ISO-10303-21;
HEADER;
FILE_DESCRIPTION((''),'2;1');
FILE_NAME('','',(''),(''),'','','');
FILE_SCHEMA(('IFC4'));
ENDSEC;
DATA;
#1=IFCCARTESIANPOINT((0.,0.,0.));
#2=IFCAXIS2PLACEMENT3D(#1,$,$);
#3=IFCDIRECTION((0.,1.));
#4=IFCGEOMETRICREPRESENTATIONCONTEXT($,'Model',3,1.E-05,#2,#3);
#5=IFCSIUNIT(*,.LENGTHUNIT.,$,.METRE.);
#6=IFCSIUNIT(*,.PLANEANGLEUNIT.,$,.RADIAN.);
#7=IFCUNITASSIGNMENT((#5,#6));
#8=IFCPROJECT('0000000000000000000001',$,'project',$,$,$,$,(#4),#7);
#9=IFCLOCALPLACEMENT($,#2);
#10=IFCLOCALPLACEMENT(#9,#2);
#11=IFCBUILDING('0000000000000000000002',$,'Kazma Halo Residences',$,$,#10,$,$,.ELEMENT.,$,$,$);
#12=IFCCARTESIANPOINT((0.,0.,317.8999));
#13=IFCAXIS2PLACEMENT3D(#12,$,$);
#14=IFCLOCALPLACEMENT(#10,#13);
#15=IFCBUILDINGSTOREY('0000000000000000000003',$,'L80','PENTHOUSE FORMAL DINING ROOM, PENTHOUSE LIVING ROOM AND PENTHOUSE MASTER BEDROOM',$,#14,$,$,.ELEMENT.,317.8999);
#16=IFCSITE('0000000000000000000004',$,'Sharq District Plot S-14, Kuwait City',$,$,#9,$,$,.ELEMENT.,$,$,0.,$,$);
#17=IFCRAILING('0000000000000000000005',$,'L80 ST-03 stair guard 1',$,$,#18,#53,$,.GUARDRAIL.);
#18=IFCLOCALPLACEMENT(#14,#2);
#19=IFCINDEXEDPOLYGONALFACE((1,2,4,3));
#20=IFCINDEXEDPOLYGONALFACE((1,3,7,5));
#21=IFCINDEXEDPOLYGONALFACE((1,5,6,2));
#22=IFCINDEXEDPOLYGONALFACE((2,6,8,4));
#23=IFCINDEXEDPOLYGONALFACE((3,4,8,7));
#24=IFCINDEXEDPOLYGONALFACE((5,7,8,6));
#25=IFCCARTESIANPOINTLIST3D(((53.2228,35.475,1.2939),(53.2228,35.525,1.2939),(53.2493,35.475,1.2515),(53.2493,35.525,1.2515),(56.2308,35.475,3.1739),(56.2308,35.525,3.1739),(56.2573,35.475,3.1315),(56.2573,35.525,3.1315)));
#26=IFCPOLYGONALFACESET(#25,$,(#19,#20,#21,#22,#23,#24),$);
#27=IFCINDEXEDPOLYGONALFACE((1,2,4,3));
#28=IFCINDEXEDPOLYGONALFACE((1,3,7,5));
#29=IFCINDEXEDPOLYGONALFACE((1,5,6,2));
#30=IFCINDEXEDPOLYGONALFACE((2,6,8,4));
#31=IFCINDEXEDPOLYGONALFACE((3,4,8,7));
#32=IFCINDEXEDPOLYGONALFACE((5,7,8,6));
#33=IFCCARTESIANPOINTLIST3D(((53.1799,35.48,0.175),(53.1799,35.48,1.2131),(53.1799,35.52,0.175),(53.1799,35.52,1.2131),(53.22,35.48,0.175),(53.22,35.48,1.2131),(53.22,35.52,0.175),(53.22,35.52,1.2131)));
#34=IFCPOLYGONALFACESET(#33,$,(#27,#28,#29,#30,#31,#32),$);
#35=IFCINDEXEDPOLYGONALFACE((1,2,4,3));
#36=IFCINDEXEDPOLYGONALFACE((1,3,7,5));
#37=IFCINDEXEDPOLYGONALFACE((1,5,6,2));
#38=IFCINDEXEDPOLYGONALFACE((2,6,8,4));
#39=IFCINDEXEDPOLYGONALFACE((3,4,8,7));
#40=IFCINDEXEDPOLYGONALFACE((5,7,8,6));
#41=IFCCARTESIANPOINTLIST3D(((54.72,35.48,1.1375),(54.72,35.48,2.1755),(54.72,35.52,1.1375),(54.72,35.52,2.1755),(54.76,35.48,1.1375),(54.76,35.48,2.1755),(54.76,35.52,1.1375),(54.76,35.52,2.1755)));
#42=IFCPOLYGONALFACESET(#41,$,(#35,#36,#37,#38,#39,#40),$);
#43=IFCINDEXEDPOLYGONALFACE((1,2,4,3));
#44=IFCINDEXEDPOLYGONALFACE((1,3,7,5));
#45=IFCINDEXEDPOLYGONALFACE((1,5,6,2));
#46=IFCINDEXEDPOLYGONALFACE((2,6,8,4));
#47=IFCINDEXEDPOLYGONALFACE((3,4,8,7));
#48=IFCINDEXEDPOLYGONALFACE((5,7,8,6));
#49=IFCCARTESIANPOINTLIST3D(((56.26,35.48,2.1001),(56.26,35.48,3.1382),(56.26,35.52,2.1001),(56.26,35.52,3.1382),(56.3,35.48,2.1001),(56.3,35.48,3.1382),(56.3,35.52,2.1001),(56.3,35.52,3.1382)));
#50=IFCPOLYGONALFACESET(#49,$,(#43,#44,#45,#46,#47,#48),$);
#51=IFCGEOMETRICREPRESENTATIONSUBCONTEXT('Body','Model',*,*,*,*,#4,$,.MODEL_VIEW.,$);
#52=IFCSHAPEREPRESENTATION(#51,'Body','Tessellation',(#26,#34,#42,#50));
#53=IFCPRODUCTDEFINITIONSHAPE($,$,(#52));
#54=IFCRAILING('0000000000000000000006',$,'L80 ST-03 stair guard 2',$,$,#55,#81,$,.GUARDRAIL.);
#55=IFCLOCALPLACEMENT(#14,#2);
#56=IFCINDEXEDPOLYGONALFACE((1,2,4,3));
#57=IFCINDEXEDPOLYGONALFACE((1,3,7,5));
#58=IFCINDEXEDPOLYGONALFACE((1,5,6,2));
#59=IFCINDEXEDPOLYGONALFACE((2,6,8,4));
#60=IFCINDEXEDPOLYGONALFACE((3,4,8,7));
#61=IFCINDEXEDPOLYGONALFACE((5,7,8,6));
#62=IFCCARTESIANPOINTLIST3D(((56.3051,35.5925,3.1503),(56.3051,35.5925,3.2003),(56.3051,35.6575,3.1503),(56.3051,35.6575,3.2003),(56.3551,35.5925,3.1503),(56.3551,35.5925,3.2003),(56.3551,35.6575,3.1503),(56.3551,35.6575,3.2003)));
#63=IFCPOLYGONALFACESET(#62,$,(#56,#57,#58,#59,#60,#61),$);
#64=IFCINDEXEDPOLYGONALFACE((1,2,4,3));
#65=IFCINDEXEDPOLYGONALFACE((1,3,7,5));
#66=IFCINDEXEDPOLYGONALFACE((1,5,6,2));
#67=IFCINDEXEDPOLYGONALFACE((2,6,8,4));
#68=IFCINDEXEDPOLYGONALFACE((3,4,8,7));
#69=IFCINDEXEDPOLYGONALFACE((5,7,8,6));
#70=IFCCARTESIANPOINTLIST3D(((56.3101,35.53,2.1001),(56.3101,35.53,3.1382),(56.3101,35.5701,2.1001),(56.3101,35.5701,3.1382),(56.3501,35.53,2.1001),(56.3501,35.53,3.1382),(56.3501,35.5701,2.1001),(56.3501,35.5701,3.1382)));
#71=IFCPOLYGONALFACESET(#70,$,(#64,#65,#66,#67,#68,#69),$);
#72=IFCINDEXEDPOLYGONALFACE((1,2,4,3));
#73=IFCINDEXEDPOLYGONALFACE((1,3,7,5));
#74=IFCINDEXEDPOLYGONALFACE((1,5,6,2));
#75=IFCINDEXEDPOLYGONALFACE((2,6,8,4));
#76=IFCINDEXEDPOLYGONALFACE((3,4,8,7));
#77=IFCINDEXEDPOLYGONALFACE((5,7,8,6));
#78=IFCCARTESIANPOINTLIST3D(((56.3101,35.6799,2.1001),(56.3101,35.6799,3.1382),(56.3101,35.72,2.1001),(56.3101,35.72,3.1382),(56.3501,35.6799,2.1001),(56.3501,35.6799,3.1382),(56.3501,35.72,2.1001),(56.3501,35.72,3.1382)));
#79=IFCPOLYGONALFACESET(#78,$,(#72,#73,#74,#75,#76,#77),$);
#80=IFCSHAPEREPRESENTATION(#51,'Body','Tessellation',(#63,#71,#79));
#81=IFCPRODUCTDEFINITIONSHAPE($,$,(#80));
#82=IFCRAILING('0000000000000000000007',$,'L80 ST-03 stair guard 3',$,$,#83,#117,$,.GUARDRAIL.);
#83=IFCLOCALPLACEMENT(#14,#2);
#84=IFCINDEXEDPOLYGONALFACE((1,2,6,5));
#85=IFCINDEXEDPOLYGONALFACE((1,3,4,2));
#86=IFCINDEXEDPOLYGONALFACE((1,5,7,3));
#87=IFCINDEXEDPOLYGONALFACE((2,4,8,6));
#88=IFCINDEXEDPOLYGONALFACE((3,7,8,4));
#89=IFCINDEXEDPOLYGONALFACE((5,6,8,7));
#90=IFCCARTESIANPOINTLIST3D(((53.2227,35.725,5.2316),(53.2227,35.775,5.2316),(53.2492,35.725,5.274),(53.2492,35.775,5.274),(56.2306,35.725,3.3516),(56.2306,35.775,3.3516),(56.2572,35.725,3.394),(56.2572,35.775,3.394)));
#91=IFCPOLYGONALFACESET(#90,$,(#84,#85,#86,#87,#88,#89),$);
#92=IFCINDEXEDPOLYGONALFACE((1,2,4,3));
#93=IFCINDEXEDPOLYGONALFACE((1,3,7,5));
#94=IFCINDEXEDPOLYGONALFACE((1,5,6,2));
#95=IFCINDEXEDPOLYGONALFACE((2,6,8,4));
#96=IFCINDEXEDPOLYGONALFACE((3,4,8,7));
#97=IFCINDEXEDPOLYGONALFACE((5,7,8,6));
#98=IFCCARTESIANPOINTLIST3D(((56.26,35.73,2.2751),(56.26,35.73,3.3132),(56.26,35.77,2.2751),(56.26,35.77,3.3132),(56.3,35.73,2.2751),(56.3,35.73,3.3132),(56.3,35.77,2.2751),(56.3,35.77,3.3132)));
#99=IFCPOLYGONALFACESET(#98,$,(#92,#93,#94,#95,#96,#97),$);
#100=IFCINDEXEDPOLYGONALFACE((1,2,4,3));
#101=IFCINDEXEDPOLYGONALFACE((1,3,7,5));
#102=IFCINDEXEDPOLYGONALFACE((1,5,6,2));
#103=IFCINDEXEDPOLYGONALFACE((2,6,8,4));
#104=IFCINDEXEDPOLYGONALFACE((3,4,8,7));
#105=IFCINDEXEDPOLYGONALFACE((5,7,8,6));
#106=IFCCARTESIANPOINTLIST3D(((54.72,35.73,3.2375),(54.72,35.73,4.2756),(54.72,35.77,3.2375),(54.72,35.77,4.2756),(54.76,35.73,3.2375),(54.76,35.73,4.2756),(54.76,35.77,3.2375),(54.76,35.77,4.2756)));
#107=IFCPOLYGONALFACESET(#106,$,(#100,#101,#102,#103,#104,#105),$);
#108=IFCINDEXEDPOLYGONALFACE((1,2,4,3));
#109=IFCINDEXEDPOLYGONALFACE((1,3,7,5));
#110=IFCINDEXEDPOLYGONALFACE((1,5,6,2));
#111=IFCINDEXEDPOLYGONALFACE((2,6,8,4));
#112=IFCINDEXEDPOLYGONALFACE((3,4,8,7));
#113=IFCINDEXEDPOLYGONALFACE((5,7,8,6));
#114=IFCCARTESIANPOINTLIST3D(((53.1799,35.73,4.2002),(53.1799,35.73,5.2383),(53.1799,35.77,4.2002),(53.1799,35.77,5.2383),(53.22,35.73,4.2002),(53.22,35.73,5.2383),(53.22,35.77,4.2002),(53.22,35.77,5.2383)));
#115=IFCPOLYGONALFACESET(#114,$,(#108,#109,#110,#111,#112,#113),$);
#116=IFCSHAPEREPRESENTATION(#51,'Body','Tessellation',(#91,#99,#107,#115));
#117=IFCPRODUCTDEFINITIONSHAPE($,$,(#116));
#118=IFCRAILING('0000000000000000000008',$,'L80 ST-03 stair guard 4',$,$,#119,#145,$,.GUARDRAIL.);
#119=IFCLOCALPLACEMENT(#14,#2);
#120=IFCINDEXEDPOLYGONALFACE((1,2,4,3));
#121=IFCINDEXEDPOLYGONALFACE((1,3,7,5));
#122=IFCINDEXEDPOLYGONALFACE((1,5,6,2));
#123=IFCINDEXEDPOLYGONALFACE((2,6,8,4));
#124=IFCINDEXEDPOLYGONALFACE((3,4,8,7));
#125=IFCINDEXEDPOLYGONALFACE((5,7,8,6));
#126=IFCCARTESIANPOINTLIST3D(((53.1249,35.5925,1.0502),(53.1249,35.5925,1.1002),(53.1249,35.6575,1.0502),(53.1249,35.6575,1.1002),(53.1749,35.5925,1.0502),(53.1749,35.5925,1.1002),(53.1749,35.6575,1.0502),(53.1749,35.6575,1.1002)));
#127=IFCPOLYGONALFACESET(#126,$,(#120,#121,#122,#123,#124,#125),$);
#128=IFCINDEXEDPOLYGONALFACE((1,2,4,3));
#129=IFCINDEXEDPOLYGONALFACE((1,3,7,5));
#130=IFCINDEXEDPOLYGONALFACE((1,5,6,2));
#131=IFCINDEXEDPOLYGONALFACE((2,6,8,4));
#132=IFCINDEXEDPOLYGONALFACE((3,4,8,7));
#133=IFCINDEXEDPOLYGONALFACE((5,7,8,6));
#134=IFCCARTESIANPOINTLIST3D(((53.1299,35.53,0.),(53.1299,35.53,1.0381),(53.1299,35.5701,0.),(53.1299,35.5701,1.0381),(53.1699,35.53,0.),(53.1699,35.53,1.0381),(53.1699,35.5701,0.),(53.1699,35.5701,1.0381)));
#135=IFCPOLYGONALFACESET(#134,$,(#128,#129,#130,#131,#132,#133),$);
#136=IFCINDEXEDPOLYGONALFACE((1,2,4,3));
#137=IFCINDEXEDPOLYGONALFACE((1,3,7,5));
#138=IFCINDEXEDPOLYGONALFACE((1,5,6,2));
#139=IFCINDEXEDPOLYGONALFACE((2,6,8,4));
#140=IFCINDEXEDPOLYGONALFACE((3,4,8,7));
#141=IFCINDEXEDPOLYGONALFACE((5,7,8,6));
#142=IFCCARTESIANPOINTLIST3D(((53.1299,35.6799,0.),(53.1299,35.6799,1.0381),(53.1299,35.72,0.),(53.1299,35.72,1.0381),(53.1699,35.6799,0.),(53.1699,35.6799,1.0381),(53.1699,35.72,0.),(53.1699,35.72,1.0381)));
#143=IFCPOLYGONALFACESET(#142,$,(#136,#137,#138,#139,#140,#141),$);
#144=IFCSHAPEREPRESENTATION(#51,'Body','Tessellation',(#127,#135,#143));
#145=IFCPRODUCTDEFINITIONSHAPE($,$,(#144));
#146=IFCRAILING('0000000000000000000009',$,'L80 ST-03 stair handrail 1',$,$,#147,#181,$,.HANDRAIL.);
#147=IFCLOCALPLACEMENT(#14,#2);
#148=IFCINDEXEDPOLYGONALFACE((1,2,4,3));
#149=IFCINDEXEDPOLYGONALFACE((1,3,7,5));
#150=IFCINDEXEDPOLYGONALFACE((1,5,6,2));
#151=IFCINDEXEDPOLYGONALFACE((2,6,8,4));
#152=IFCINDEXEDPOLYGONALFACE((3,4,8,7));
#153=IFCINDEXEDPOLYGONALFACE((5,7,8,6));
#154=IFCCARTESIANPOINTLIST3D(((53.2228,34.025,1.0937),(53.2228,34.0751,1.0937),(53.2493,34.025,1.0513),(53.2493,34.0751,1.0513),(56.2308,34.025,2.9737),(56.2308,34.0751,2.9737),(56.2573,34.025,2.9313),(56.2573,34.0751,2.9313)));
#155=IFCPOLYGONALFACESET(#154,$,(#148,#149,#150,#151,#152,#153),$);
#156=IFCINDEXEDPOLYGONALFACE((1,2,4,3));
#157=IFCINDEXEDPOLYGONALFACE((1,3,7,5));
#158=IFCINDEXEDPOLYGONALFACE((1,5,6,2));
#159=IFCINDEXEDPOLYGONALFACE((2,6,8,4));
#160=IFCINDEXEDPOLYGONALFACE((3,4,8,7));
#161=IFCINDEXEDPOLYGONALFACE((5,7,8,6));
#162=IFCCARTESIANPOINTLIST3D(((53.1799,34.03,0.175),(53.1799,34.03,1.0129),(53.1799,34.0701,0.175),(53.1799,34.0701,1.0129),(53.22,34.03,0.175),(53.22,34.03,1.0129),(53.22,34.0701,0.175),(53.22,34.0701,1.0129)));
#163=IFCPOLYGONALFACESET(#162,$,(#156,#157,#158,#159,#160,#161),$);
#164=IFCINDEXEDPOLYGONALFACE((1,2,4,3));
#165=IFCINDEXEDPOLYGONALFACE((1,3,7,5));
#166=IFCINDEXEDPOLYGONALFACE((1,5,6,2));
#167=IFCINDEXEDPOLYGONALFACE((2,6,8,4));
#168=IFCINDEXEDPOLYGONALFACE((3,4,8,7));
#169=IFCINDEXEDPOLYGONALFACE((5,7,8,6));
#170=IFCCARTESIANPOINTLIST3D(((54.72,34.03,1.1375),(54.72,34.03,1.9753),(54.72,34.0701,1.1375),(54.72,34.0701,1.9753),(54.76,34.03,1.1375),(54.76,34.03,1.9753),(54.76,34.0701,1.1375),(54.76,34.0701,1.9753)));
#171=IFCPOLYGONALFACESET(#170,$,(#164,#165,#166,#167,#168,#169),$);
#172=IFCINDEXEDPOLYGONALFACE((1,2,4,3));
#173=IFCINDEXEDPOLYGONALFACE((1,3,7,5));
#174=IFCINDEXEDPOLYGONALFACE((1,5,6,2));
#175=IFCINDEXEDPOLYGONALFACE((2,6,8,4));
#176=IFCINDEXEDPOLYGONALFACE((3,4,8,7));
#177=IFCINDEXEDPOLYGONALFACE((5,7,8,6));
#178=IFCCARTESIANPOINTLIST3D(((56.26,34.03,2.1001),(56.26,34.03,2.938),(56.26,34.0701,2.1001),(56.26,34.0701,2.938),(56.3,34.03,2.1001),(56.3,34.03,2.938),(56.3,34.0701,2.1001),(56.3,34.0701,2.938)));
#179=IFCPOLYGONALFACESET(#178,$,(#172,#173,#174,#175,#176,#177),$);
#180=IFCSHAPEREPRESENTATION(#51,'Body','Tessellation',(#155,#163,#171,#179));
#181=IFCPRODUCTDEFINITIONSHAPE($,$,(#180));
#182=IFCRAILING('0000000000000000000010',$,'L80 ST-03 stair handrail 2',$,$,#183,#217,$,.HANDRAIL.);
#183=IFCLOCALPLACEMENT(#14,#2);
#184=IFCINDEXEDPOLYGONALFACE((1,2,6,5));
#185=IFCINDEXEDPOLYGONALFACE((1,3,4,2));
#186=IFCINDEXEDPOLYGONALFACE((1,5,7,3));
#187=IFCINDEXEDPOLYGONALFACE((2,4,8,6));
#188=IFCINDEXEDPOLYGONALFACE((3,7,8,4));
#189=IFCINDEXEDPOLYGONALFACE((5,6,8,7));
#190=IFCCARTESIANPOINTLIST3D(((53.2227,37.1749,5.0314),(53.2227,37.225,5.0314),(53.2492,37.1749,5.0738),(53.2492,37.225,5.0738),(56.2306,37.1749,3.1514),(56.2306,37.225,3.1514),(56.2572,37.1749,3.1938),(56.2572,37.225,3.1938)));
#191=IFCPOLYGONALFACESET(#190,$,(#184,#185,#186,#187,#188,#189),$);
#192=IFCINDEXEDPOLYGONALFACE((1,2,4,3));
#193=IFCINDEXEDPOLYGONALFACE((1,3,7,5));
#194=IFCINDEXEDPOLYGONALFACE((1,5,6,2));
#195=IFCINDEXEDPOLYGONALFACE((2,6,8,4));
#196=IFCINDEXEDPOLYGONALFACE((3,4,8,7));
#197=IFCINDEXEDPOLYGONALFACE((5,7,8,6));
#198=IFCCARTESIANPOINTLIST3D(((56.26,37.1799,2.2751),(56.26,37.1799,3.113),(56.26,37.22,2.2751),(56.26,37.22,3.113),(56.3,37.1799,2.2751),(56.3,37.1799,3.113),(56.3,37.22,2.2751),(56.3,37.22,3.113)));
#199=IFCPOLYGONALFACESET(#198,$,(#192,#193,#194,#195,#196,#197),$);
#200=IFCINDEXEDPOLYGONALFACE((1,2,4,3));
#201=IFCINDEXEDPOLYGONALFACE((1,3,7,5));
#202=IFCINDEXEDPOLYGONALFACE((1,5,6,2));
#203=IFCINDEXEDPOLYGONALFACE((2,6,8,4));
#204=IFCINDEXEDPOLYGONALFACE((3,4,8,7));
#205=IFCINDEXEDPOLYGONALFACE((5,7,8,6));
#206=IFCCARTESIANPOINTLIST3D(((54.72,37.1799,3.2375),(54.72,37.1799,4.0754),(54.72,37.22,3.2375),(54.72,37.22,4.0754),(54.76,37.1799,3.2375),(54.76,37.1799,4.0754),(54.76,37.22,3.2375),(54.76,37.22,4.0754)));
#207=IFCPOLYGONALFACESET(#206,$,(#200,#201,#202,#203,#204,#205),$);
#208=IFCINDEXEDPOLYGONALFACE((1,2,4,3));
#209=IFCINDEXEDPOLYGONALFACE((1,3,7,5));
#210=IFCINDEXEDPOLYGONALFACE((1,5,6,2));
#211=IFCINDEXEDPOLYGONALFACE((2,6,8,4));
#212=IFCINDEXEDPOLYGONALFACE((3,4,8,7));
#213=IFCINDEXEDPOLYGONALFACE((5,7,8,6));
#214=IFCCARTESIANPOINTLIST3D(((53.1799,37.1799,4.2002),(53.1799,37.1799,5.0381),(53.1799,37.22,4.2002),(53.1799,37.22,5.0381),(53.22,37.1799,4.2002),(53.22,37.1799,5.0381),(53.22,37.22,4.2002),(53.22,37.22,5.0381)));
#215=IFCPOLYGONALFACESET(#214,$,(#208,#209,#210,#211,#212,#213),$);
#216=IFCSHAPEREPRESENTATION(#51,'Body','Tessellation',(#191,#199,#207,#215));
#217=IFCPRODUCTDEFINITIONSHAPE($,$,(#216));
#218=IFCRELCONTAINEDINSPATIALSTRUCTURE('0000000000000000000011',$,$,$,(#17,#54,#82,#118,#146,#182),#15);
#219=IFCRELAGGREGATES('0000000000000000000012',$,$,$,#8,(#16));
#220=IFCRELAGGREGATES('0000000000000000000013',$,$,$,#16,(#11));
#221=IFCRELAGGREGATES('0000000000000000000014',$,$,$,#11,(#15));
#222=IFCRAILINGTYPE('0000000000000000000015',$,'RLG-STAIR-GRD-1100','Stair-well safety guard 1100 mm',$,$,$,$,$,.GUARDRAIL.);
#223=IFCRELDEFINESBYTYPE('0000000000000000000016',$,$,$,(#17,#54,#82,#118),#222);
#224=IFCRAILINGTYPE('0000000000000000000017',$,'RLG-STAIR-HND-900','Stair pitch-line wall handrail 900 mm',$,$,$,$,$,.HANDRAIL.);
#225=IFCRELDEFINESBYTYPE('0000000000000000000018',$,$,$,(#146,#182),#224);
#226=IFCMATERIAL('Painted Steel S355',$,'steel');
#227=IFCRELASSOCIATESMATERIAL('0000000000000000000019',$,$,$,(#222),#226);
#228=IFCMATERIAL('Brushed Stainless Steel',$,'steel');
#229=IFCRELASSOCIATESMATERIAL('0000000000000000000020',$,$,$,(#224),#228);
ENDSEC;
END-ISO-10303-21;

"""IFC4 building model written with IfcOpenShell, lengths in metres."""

from ifc_helpers import new_model, si_unit, direction, frame, origin, origin_2d, place, context, subcontext, project, spatial, rectangle, extrude, material, type_object, element, save


model = new_model("IFC4")

# Units and contexts
model_context = context("Model", 3, precision=1e-05, world=origin(), true_north=direction((0.0, 1.0)))
body_context = subcontext(model_context, "Body", "Model", "MODEL_VIEW")
ifc_project = project(units=[si_unit("LENGTHUNIT", "METRE"), si_unit("PLANEANGLEUNIT", "RADIAN")], contexts=[model_context])

# Site, building, storey
site_placement = place(None, origin())
site = spatial("IfcSite", under=ifc_project, at=site_placement, Name="Sharq District Plot S-14, Kuwait City", CompositionType="ELEMENT", RefElevation=0.0)
building_placement = place(site_placement, origin())
building = spatial("IfcBuilding", under=site, at=building_placement, Name="Kazma Halo Residences", CompositionType="ELEMENT")
storey_placement = place(building_placement, frame((0.0, 0.0, 317.8999)))
storey = spatial("IfcBuildingStorey", under=building, at=storey_placement, Name="L80", Description="PENTHOUSE FORMAL DINING ROOM, PENTHOUSE LIVING ROOM AND PENTHOUSE MASTER BEDROOM", CompositionType="ELEMENT", Elevation=317.8999)

# Railings
ifc_material_1 = material(Name="Painted Steel S355", Category="steel")
railing_type_1 = type_object("IfcRailingType", Name="RLG-STAIR-GRD-1100", Description="Stair-well safety guard 1100 mm", PredefinedType="GUARDRAIL", material=ifc_material_1)
railing_1_placement = place(storey_placement, frame((53.2, 35.5, 0.175)))
element("IfcRailing", 1, at=railing_1_placement, inside=storey, type_object=railing_type_1, Name="L80 ST-03 stair guard 1", PredefinedType="GUARDRAIL", context=body_context, shape_type="SweptSolid", body=[
    extrude(rectangle(XDim=0.05, YDim=0.05, at=origin_2d()), frame((0.0361, 0.0, 1.0977), z_axis=(0.847998, 0.0, 0.529999), x_axis=(0.0, 1.0, 0.0)), (0.0, 0.0, 1.0), 3.5471),
    extrude(rectangle(XDim=0.04, YDim=0.04, at=origin_2d()), origin(), (0.0, 0.0, 1.0), 1.0381),
    extrude(rectangle(XDim=0.04, YDim=0.04, at=origin_2d()), frame((1.54, 0.0, 0.9624)), (0.0, 0.0, 1.0), 1.0381),
    extrude(rectangle(XDim=0.04, YDim=0.04, at=origin_2d()), frame((3.0801, 0.0, 1.925)), (0.0, 0.0, 1.0), 1.0381),
])
railing_2_placement = place(storey_placement, frame((56.3301, 35.55, 2.1001)))
element("IfcRailing", 2, at=railing_2_placement, inside=storey, type_object=railing_type_1, Name="L80 ST-03 stair guard 2", PredefinedType="GUARDRAIL", context=body_context, shape_type="SweptSolid", body=[
    extrude(rectangle(XDim=0.05, YDim=0.05, at=origin_2d()), frame((0.0, 0.0425, 1.0752), z_axis=(0.0, 1.0, 0.0), x_axis=(-1.0, 0.0, 0.0)), (0.0, 0.0, 1.0), 0.0649),
    extrude(rectangle(XDim=0.04, YDim=0.04, at=origin_2d()), origin(), (0.0, 0.0, 1.0), 1.0381),
    extrude(rectangle(XDim=0.04, YDim=0.04, at=origin_2d()), frame((0.0, 0.1499, 0.0)), (0.0, 0.0, 1.0), 1.0381),
])
railing_3_placement = place(storey_placement, frame((56.28, 35.75, 2.2751)))
element("IfcRailing", 3, at=railing_3_placement, inside=storey, type_object=railing_type_1, Name="L80 ST-03 stair guard 3", PredefinedType="GUARDRAIL", context=body_context, shape_type="SweptSolid", body=[
    extrude(rectangle(XDim=0.05, YDim=0.05, at=origin_2d()), frame((-0.0361, 0.0, 1.0977), z_axis=(-0.847998, 0.0, 0.529999), x_axis=(0.0, -1.0, 0.0)), (0.0, 0.0, 1.0), 3.5471),
    extrude(rectangle(XDim=0.04, YDim=0.04, at=origin_2d()), origin(), (0.0, 0.0, 1.0), 1.0381),
    extrude(rectangle(XDim=0.04, YDim=0.04, at=origin_2d()), frame((-1.54, 0.0, 0.9624)), (0.0, 0.0, 1.0), 1.0381),
    extrude(rectangle(XDim=0.04, YDim=0.04, at=origin_2d()), frame((-3.0801, 0.0, 1.925)), (0.0, 0.0, 1.0), 1.0381),
])
railing_4_placement = place(storey_placement, frame((53.1499, 35.55, 0.0)))
element("IfcRailing", 4, at=railing_4_placement, inside=storey, type_object=railing_type_1, Name="L80 ST-03 stair guard 4", PredefinedType="GUARDRAIL", context=body_context, shape_type="SweptSolid", body=[
    extrude(rectangle(XDim=0.05, YDim=0.05, at=origin_2d()), frame((0.0, 0.0425, 1.0752), z_axis=(0.0, 1.0, 0.0), x_axis=(-1.0, 0.0, 0.0)), (0.0, 0.0, 1.0), 0.0649),
    extrude(rectangle(XDim=0.04, YDim=0.04, at=origin_2d()), origin(), (0.0, 0.0, 1.0), 1.0381),
    extrude(rectangle(XDim=0.04, YDim=0.04, at=origin_2d()), frame((0.0, 0.1499, 0.0)), (0.0, 0.0, 1.0), 1.0381),
])
ifc_material_2 = material(Name="Brushed Stainless Steel", Category="steel")
railing_type_2 = type_object("IfcRailingType", Name="RLG-STAIR-HND-900", Description="Stair pitch-line wall handrail 900 mm", PredefinedType="HANDRAIL", material=ifc_material_2)
railing_5_placement = place(storey_placement, frame((53.2, 34.05, 0.175)))
element("IfcRailing", 5, at=railing_5_placement, inside=storey, type_object=railing_type_2, Name="L80 ST-03 stair handrail 1", PredefinedType="HANDRAIL", context=body_context, shape_type="SweptSolid", body=[
    extrude(rectangle(XDim=0.05, YDim=0.05, at=origin_2d()), frame((0.0361, 0.0, 0.8975), z_axis=(0.847998, 0.0, 0.529999), x_axis=(0.0, 1.0, 0.0)), (0.0, 0.0, 1.0), 3.5471),
    extrude(rectangle(XDim=0.04, YDim=0.04, at=origin_2d()), origin(), (0.0, 0.0, 1.0), 0.8379),
    extrude(rectangle(XDim=0.04, YDim=0.04, at=origin_2d()), frame((1.54, 0.0, 0.9624)), (0.0, 0.0, 1.0), 0.8379),
    extrude(rectangle(XDim=0.04, YDim=0.04, at=origin_2d()), frame((3.0801, 0.0, 1.925)), (0.0, 0.0, 1.0), 0.8379),
])
railing_6_placement = place(storey_placement, frame((56.28, 37.2, 2.2751)))
element("IfcRailing", 6, at=railing_6_placement, inside=storey, type_object=railing_type_2, Name="L80 ST-03 stair handrail 2", PredefinedType="HANDRAIL", context=body_context, shape_type="SweptSolid", body=[
    extrude(rectangle(XDim=0.05, YDim=0.05, at=origin_2d()), frame((-0.0361, 0.0, 0.8975), z_axis=(-0.847998, 0.0, 0.529999), x_axis=(0.0, -1.0, 0.0)), (0.0, 0.0, 1.0), 3.5471),
    extrude(rectangle(XDim=0.04, YDim=0.04, at=origin_2d()), origin(), (0.0, 0.0, 1.0), 0.8379),
    extrude(rectangle(XDim=0.04, YDim=0.04, at=origin_2d()), frame((-1.54, 0.0, 0.9624)), (0.0, 0.0, 1.0), 0.8379),
    extrude(rectangle(XDim=0.04, YDim=0.04, at=origin_2d()), frame((-3.0801, 0.0, 1.925)), (0.0, 0.0, 1.0), 0.8379),
])

save(model, "model.ifc")
